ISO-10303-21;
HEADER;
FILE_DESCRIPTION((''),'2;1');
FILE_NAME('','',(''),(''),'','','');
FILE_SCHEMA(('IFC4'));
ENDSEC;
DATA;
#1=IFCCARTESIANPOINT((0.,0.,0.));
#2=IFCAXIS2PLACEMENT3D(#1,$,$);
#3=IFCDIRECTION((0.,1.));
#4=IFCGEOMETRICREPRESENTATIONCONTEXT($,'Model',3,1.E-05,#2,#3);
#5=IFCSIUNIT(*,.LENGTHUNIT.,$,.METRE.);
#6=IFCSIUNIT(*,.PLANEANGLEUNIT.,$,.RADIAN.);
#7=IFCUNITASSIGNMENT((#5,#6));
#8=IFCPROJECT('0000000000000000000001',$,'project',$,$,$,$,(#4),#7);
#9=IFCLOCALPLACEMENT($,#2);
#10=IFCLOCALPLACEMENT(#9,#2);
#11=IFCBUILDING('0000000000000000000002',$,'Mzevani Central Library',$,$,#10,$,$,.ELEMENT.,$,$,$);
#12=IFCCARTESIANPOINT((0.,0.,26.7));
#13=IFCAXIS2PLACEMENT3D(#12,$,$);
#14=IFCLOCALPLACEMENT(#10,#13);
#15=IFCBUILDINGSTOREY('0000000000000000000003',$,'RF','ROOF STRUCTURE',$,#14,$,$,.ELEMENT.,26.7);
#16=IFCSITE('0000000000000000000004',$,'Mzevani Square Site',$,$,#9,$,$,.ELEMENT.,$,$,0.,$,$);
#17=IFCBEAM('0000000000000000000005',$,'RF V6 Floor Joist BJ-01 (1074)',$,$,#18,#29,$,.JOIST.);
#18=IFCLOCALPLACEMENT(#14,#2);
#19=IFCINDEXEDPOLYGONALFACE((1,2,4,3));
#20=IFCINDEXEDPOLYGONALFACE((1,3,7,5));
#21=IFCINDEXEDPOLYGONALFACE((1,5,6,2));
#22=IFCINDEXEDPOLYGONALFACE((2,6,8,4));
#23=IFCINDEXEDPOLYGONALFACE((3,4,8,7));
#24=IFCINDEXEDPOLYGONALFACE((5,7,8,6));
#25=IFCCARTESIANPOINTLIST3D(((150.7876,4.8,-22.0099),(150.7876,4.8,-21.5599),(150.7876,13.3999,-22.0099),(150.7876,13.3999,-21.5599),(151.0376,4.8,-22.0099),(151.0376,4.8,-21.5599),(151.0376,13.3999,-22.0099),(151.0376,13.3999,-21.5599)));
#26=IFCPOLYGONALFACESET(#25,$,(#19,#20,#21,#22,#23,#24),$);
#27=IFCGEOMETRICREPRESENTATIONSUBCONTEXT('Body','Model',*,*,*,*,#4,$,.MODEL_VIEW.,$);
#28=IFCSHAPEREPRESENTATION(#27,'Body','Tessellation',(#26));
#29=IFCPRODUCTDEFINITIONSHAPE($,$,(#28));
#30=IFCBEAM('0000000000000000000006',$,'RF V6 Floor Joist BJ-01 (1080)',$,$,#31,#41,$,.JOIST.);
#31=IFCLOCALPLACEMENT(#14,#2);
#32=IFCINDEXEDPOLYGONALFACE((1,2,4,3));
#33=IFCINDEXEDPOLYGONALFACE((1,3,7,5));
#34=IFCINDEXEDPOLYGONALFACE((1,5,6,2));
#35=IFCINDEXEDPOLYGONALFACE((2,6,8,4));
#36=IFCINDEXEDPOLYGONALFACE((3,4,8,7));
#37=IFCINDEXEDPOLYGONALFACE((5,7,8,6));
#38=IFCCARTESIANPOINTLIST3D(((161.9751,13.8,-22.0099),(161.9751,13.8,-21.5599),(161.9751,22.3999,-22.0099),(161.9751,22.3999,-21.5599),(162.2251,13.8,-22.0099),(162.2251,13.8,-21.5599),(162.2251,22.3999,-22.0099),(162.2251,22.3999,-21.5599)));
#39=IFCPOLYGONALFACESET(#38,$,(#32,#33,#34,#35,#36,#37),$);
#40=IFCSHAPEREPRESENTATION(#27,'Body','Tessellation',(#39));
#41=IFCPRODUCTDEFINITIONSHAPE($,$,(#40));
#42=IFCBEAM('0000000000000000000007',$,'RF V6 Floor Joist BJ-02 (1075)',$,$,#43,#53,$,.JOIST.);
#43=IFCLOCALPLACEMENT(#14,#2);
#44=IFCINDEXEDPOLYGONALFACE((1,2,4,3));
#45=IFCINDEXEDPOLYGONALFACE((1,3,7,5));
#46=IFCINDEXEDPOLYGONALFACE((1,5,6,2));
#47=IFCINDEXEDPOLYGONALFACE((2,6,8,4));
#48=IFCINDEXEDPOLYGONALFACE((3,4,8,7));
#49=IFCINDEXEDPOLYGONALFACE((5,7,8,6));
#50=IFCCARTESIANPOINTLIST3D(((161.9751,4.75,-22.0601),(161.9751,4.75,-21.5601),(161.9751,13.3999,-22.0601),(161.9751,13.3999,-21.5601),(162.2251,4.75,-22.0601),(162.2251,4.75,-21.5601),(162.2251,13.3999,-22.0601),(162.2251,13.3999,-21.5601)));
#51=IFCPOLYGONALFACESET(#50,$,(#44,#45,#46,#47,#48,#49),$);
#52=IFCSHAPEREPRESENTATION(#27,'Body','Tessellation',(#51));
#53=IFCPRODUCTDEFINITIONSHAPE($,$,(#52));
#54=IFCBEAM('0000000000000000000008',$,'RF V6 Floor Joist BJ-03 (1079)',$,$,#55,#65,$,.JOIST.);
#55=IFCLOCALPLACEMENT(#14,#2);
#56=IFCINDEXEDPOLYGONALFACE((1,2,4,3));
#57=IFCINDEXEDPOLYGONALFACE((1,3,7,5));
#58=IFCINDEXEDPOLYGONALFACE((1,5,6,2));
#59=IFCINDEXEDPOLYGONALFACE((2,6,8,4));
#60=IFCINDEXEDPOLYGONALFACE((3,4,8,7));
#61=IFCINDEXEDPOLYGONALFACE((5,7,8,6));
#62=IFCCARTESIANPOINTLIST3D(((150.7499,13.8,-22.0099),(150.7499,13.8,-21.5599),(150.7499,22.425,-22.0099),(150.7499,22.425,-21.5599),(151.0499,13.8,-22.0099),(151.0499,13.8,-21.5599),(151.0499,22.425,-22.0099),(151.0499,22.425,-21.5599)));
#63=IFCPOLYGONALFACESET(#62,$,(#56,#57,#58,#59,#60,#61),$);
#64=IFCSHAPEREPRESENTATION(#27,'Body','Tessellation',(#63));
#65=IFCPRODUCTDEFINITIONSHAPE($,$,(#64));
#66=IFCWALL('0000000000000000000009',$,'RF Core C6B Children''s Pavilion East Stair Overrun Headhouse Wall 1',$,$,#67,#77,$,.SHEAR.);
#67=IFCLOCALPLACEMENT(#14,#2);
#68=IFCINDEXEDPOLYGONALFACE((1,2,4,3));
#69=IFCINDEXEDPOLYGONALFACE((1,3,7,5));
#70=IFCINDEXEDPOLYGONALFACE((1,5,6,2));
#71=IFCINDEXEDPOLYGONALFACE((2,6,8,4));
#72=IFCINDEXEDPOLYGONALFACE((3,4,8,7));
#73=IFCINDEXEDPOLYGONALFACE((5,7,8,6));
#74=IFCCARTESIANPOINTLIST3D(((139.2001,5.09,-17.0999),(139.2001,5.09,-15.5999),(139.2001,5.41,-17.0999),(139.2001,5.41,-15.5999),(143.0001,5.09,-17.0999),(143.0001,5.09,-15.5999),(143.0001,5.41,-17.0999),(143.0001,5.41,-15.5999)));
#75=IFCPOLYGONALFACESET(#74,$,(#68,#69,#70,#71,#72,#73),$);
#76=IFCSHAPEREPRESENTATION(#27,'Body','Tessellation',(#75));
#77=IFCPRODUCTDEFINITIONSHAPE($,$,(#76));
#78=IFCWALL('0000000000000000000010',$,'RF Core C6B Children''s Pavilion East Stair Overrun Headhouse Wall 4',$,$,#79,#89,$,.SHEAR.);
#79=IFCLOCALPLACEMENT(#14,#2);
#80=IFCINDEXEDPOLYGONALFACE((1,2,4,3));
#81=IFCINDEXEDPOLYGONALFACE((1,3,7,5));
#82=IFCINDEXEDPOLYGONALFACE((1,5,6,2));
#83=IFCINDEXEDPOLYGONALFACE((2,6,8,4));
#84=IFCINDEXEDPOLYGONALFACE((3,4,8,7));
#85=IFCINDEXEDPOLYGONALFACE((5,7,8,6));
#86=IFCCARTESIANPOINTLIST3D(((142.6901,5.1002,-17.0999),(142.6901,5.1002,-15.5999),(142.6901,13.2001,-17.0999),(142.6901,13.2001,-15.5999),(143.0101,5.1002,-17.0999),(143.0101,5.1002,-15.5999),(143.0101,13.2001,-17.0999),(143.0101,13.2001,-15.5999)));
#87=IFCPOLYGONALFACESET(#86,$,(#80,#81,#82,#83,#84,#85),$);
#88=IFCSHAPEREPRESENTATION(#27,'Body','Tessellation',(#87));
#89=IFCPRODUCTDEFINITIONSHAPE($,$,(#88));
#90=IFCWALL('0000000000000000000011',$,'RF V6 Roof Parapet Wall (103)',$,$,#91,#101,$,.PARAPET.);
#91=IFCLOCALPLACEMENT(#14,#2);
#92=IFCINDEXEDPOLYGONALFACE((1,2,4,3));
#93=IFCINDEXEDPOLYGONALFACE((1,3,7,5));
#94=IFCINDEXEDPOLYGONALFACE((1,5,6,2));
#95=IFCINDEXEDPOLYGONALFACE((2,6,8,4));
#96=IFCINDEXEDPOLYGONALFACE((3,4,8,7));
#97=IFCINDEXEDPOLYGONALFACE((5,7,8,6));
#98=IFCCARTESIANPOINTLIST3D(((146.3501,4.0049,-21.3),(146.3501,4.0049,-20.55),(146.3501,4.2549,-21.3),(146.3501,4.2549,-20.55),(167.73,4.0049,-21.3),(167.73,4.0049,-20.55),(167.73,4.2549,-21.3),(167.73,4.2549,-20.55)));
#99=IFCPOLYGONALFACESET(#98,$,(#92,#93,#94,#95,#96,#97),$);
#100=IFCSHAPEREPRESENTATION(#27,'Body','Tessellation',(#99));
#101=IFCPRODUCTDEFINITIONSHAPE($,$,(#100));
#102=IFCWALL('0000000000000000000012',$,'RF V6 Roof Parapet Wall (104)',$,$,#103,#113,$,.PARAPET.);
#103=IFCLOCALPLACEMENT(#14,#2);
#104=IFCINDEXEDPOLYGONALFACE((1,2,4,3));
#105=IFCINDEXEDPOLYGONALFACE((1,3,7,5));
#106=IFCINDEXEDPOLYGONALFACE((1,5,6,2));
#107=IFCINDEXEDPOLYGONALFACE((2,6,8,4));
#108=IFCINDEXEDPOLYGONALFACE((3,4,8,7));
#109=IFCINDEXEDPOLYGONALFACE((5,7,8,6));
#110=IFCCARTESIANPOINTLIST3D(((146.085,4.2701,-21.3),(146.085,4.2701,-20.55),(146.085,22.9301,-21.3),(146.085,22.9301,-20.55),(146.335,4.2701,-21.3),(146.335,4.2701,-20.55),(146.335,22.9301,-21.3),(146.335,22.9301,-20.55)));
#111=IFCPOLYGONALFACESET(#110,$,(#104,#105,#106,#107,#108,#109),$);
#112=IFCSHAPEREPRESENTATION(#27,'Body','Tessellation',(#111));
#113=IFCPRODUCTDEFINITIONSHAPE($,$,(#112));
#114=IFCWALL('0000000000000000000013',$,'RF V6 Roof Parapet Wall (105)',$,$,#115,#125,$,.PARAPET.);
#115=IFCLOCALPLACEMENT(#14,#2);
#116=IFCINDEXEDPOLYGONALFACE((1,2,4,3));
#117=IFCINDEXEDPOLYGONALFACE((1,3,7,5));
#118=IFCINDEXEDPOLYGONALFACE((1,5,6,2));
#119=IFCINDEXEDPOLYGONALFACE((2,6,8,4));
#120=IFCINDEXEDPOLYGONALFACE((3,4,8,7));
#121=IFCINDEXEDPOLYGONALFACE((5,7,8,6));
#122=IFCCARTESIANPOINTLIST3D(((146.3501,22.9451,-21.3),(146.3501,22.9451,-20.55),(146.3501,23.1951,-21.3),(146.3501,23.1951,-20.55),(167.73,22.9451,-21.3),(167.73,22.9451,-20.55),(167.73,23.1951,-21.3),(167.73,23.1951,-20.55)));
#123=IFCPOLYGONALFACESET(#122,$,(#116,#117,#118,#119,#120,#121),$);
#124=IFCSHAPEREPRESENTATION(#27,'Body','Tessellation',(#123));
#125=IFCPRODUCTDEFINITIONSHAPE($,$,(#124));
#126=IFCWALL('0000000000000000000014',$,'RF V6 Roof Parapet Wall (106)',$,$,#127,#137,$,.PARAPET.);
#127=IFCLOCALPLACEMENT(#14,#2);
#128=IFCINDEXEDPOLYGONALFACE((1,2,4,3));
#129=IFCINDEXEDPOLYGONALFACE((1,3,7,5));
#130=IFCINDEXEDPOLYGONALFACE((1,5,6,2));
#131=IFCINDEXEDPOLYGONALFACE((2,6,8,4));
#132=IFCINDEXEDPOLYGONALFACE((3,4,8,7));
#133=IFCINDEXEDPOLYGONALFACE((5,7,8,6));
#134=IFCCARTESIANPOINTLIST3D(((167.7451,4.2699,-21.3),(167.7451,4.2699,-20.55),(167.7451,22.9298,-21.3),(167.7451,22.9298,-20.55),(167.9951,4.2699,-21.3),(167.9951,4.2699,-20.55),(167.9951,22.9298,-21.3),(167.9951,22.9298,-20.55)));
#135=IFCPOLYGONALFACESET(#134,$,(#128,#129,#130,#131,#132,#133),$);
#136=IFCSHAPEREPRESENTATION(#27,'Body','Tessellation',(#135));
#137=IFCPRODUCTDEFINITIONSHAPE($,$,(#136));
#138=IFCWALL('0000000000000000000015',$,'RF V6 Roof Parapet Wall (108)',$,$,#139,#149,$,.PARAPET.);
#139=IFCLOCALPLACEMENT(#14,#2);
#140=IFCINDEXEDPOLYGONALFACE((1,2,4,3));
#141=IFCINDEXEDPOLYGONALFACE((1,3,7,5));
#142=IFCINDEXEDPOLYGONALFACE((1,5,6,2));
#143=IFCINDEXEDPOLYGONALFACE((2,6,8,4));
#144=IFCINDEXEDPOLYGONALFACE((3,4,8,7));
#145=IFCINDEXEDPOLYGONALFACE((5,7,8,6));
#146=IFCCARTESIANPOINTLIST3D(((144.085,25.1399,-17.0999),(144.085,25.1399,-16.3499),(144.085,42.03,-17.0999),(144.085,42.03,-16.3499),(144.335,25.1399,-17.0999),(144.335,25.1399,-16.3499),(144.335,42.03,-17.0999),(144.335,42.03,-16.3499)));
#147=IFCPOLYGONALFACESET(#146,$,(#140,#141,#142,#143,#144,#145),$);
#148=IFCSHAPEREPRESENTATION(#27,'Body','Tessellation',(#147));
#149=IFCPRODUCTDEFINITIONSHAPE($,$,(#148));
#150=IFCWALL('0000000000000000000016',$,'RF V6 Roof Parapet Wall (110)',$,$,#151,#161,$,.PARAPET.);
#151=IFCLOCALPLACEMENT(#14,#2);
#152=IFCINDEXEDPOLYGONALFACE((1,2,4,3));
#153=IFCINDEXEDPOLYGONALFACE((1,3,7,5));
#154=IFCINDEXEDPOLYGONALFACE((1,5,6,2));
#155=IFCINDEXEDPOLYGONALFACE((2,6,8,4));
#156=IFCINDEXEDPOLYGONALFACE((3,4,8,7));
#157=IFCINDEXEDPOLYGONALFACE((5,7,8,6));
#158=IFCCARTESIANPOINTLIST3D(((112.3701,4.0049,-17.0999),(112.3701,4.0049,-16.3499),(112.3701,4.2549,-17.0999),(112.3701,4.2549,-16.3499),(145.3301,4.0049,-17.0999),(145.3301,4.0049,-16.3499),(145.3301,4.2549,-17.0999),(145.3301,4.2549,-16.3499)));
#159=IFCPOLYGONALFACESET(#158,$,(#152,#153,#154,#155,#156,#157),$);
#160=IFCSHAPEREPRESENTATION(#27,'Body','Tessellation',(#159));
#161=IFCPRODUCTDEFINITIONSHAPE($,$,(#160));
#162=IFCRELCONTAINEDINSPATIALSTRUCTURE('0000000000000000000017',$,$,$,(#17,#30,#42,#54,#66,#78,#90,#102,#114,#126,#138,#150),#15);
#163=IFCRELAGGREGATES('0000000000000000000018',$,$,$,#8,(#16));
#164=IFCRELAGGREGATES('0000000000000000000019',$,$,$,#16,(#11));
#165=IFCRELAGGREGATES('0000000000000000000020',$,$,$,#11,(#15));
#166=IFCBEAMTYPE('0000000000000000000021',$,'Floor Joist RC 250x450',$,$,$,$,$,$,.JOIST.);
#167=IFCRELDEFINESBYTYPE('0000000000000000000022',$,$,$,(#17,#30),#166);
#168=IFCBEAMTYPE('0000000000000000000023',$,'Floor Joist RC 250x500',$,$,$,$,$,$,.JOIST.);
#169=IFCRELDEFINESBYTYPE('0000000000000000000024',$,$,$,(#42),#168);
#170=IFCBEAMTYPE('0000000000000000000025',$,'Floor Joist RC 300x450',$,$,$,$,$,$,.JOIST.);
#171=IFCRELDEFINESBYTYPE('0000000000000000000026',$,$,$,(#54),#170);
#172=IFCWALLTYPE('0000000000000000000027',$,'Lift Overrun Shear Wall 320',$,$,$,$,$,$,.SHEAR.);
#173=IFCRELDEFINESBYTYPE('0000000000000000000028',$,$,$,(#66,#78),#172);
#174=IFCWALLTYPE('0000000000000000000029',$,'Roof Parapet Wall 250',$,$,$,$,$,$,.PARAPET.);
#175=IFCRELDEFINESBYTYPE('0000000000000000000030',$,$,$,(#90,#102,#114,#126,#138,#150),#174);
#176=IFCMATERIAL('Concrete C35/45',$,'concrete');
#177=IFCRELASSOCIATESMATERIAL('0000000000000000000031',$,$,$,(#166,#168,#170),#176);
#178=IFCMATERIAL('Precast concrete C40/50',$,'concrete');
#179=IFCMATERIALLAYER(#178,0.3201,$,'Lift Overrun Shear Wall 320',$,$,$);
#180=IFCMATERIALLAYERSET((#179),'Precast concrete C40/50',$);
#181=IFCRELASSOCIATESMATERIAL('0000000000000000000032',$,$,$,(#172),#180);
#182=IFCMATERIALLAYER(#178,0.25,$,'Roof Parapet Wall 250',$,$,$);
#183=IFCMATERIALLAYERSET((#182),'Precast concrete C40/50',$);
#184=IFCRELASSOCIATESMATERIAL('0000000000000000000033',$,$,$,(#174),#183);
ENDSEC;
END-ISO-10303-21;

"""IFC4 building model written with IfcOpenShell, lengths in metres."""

from ifc_helpers import new_model, si_unit, direction, frame, frame_2d, origin, origin_2d, place, context, subcontext, project, spatial, rectangle, extrude, material, layer, layer_set, material_profile, profile_set, type_object, element, save


model = new_model("IFC4")

# Units and contexts
model_context = context("Model", 3, precision=1e-05, world=origin(), true_north=direction((0.0, 1.0)))
body_context = subcontext(model_context, "Body", "Model", "MODEL_VIEW")
ifc_project = project(units=[si_unit("LENGTHUNIT", "METRE"), si_unit("PLANEANGLEUNIT", "RADIAN")], contexts=[model_context])

# Site, building, storey
site_placement = place(None, origin())
site = spatial("IfcSite", under=ifc_project, at=site_placement, Name="Mzevani Square Site", CompositionType="ELEMENT", RefElevation=0.0)
building_placement = place(site_placement, origin())
building = spatial("IfcBuilding", under=site, at=building_placement, Name="Mzevani Central Library", CompositionType="ELEMENT")
storey_placement = place(building_placement, frame((0.0, 0.0, 26.7)))
storey = spatial("IfcBuildingStorey", under=building, at=storey_placement, Name="RF", Description="ROOF STRUCTURE", CompositionType="ELEMENT", Elevation=26.7)

# Beams
ifc_material_1 = material(Name="Concrete C35/45", Category="concrete")
ifc_material_2 = material(Name="Precast concrete C40/50", Category="concrete")
ifc_material_profile_1 = material_profile(ifc_material_1, rectangle(XDim=0.25, YDim=0.45, at=origin_2d()), Name="RC J250x450")
ifc_profile_set_1 = profile_set([ifc_material_profile_1], Name="Concrete C35/45")
beam_type_1 = type_object("IfcBeamType", Name="Floor Joist RC 250x450", PredefinedType="JOIST", material=ifc_profile_set_1)
for number, where, z_axis, x_axis, name in (
    (1, (150.9126, 4.8, -21.7849), (0.0, 1.0, 0.0), (-1.0, 0.0, 0.0), "RF V6 Floor Joist BJ-01 (1074)"),
    (2, (162.1001, 13.8, -21.7849), (0.0, 1.0, 0.0), (-1.0, 0.0, 0.0), "RF V6 Floor Joist BJ-01 (1080)"),
):
    element("IfcBeam", number, at=place(storey_placement, frame(where, z_axis=z_axis, x_axis=x_axis)), inside=storey, type_object=beam_type_1, Name=name, PredefinedType="JOIST", context=body_context, shape_type="SweptSolid", body=[
        extrude(rectangle(XDim=0.25, YDim=0.45, at=origin_2d()), origin(), (0.0, 0.0, 1.0), 8.5999),
    ])
ifc_material_profile_2 = material_profile(ifc_material_1, rectangle(XDim=0.25, YDim=0.5, at=origin_2d()), Name="RC J250x500")
ifc_profile_set_2 = profile_set([ifc_material_profile_2], Name="Concrete C35/45")
beam_type_2 = type_object("IfcBeamType", Name="Floor Joist RC 250x500", PredefinedType="JOIST", material=ifc_profile_set_2)
beam_1_placement = place(storey_placement, frame((162.1001, 4.75, -21.8101), z_axis=(0.0, 1.0, 0.0), x_axis=(-1.0, 0.0, 0.0)))
element("IfcBeam", 3, at=beam_1_placement, inside=storey, type_object=beam_type_2, Name="RF V6 Floor Joist BJ-02 (1075)", PredefinedType="JOIST", context=body_context, shape_type="SweptSolid", body=[
    extrude(rectangle(XDim=0.25, YDim=0.5, at=origin_2d()), origin(), (0.0, 0.0, 1.0), 8.6499),
])
ifc_material_profile_3 = material_profile(ifc_material_1, rectangle(XDim=0.3, YDim=0.45, at=origin_2d()), Name="RC J300x450")
ifc_profile_set_3 = profile_set([ifc_material_profile_3], Name="Concrete C35/45")
beam_type_3 = type_object("IfcBeamType", Name="Floor Joist RC 300x450", PredefinedType="JOIST", material=ifc_profile_set_3)
beam_2_placement = place(storey_placement, frame((150.8999, 13.8, -21.7849), z_axis=(0.0, 1.0, 0.0), x_axis=(-1.0, 0.0, 0.0)))
element("IfcBeam", 4, at=beam_2_placement, inside=storey, type_object=beam_type_3, Name="RF V6 Floor Joist BJ-03 (1079)", PredefinedType="JOIST", context=body_context, shape_type="SweptSolid", body=[
    extrude(rectangle(XDim=0.3, YDim=0.45, at=origin_2d()), origin(), (0.0, 0.0, 1.0), 8.625),
])

# Walls
ifc_layer_1 = layer(ifc_material_2, 0.3201, Name="Lift Overrun Shear Wall 320")
ifc_layer_set_1 = layer_set([ifc_layer_1], Name="Precast concrete C40/50")
wall_type_1 = type_object("IfcWallType", Name="Lift Overrun Shear Wall 320", PredefinedType="SHEAR", material=ifc_layer_set_1)
wall_1_placement = place(storey_placement, frame((143.0, 5.25, -17.0999), z_axis=(0.0, 0.0, 1.0), x_axis=(-1.0, 0.0, 0.0)))
element("IfcWall", 5, at=wall_1_placement, inside=storey, type_object=wall_type_1, Name="RF Core C6B Children's Pavilion East Stair Overrun Headhouse Wall 1", PredefinedType="SHEAR", context=body_context, shape_type="SweptSolid", body=[
    extrude(rectangle(XDim=3.8, YDim=0.3201, at=frame_2d((1.8999, 0.0))), origin(), (0.0, 0.0, 1.0), 1.5),
])
wall_2_placement = place(storey_placement, frame((142.8501, 13.2, -17.0999), z_axis=(0.0, 0.0, 1.0), x_axis=(0.0, -1.0, 0.0)))
element("IfcWall", 6, at=wall_2_placement, inside=storey, type_object=wall_type_1, Name="RF Core C6B Children's Pavilion East Stair Overrun Headhouse Wall 4", PredefinedType="SHEAR", context=body_context, shape_type="SweptSolid", body=[
    extrude(rectangle(XDim=8.0999, YDim=0.3201, at=frame_2d((4.0498, 0.0))), origin(), (0.0, 0.0, 1.0), 1.5),
])
ifc_layer_2 = layer(ifc_material_2, 0.25, Name="Roof Parapet Wall 250")
ifc_layer_set_2 = layer_set([ifc_layer_2], Name="Precast concrete C40/50")
wall_type_2 = type_object("IfcWallType", Name="Roof Parapet Wall 250", PredefinedType="PARAPET", material=ifc_layer_set_2)
wall_3_placement = place(storey_placement, frame((167.73, 4.1299, -21.3), z_axis=(0.0, 0.0, 1.0), x_axis=(-1.0, 0.0, 0.0)))
element("IfcWall", 7, at=wall_3_placement, inside=storey, type_object=wall_type_2, Name="RF V6 Roof Parapet Wall (103)", PredefinedType="PARAPET", context=body_context, shape_type="SweptSolid", body=[
    extrude(rectangle(XDim=21.3799, YDim=0.25, at=frame_2d((10.6899, 0.0))), origin(), (0.0, 0.0, 1.0), 0.75),
])
wall_4_placement = place(storey_placement, frame((146.21, 4.27, -21.3), z_axis=(0.0, 0.0, 1.0), x_axis=(0.0, 1.0, 0.0)))
element("IfcWall", 8, at=wall_4_placement, inside=storey, type_object=wall_type_2, Name="RF V6 Roof Parapet Wall (104)", PredefinedType="PARAPET", context=body_context, shape_type="SweptSolid", body=[
    extrude(rectangle(XDim=18.6599, YDim=0.25, at=frame_2d((9.3301, 0.0))), origin(), (0.0, 0.0, 1.0), 0.75),
])
wall_5_placement = place(storey_placement, frame((146.3501, 23.0701, -21.3), z_axis=(0.0, 0.0, 1.0), x_axis=(1.0, 0.0, 0.0)))
element("IfcWall", 9, at=wall_5_placement, inside=storey, type_object=wall_type_2, Name="RF V6 Roof Parapet Wall (105)", PredefinedType="PARAPET", context=body_context, shape_type="SweptSolid", body=[
    extrude(rectangle(XDim=21.3799, YDim=0.25, at=frame_2d((10.6899, 0.0))), origin(), (0.0, 0.0, 1.0), 0.75),
])
wall_6_placement = place(storey_placement, frame((167.8701, 22.9299, -21.3), z_axis=(0.0, 0.0, 1.0), x_axis=(0.0, -1.0, 0.0)))
element("IfcWall", 10, at=wall_6_placement, inside=storey, type_object=wall_type_2, Name="RF V6 Roof Parapet Wall (106)", PredefinedType="PARAPET", context=body_context, shape_type="SweptSolid", body=[
    extrude(rectangle(XDim=18.6599, YDim=0.25, at=frame_2d((9.3301, 0.0))), origin(), (0.0, 0.0, 1.0), 0.75),
])
wall_7_placement = place(storey_placement, frame((144.21, 25.1399, -17.0999), z_axis=(0.0, 0.0, 1.0), x_axis=(0.0, 1.0, 0.0)))
element("IfcWall", 11, at=wall_7_placement, inside=storey, type_object=wall_type_2, Name="RF V6 Roof Parapet Wall (108)", PredefinedType="PARAPET", context=body_context, shape_type="SweptSolid", body=[
    extrude(rectangle(XDim=16.8901, YDim=0.25, at=frame_2d((8.4451, 0.0))), origin(), (0.0, 0.0, 1.0), 0.75),
])
wall_8_placement = place(storey_placement, frame((145.3301, 4.1299, -17.0999), z_axis=(0.0, 0.0, 1.0), x_axis=(-1.0, 0.0, 0.0)))
element("IfcWall", 12, at=wall_8_placement, inside=storey, type_object=wall_type_2, Name="RF V6 Roof Parapet Wall (110)", PredefinedType="PARAPET", context=body_context, shape_type="SweptSolid", body=[
    extrude(rectangle(XDim=32.96, YDim=0.25, at=frame_2d((16.48, 0.0))), origin(), (0.0, 0.0, 1.0), 0.75),
])

save(model, "model.ifc")
